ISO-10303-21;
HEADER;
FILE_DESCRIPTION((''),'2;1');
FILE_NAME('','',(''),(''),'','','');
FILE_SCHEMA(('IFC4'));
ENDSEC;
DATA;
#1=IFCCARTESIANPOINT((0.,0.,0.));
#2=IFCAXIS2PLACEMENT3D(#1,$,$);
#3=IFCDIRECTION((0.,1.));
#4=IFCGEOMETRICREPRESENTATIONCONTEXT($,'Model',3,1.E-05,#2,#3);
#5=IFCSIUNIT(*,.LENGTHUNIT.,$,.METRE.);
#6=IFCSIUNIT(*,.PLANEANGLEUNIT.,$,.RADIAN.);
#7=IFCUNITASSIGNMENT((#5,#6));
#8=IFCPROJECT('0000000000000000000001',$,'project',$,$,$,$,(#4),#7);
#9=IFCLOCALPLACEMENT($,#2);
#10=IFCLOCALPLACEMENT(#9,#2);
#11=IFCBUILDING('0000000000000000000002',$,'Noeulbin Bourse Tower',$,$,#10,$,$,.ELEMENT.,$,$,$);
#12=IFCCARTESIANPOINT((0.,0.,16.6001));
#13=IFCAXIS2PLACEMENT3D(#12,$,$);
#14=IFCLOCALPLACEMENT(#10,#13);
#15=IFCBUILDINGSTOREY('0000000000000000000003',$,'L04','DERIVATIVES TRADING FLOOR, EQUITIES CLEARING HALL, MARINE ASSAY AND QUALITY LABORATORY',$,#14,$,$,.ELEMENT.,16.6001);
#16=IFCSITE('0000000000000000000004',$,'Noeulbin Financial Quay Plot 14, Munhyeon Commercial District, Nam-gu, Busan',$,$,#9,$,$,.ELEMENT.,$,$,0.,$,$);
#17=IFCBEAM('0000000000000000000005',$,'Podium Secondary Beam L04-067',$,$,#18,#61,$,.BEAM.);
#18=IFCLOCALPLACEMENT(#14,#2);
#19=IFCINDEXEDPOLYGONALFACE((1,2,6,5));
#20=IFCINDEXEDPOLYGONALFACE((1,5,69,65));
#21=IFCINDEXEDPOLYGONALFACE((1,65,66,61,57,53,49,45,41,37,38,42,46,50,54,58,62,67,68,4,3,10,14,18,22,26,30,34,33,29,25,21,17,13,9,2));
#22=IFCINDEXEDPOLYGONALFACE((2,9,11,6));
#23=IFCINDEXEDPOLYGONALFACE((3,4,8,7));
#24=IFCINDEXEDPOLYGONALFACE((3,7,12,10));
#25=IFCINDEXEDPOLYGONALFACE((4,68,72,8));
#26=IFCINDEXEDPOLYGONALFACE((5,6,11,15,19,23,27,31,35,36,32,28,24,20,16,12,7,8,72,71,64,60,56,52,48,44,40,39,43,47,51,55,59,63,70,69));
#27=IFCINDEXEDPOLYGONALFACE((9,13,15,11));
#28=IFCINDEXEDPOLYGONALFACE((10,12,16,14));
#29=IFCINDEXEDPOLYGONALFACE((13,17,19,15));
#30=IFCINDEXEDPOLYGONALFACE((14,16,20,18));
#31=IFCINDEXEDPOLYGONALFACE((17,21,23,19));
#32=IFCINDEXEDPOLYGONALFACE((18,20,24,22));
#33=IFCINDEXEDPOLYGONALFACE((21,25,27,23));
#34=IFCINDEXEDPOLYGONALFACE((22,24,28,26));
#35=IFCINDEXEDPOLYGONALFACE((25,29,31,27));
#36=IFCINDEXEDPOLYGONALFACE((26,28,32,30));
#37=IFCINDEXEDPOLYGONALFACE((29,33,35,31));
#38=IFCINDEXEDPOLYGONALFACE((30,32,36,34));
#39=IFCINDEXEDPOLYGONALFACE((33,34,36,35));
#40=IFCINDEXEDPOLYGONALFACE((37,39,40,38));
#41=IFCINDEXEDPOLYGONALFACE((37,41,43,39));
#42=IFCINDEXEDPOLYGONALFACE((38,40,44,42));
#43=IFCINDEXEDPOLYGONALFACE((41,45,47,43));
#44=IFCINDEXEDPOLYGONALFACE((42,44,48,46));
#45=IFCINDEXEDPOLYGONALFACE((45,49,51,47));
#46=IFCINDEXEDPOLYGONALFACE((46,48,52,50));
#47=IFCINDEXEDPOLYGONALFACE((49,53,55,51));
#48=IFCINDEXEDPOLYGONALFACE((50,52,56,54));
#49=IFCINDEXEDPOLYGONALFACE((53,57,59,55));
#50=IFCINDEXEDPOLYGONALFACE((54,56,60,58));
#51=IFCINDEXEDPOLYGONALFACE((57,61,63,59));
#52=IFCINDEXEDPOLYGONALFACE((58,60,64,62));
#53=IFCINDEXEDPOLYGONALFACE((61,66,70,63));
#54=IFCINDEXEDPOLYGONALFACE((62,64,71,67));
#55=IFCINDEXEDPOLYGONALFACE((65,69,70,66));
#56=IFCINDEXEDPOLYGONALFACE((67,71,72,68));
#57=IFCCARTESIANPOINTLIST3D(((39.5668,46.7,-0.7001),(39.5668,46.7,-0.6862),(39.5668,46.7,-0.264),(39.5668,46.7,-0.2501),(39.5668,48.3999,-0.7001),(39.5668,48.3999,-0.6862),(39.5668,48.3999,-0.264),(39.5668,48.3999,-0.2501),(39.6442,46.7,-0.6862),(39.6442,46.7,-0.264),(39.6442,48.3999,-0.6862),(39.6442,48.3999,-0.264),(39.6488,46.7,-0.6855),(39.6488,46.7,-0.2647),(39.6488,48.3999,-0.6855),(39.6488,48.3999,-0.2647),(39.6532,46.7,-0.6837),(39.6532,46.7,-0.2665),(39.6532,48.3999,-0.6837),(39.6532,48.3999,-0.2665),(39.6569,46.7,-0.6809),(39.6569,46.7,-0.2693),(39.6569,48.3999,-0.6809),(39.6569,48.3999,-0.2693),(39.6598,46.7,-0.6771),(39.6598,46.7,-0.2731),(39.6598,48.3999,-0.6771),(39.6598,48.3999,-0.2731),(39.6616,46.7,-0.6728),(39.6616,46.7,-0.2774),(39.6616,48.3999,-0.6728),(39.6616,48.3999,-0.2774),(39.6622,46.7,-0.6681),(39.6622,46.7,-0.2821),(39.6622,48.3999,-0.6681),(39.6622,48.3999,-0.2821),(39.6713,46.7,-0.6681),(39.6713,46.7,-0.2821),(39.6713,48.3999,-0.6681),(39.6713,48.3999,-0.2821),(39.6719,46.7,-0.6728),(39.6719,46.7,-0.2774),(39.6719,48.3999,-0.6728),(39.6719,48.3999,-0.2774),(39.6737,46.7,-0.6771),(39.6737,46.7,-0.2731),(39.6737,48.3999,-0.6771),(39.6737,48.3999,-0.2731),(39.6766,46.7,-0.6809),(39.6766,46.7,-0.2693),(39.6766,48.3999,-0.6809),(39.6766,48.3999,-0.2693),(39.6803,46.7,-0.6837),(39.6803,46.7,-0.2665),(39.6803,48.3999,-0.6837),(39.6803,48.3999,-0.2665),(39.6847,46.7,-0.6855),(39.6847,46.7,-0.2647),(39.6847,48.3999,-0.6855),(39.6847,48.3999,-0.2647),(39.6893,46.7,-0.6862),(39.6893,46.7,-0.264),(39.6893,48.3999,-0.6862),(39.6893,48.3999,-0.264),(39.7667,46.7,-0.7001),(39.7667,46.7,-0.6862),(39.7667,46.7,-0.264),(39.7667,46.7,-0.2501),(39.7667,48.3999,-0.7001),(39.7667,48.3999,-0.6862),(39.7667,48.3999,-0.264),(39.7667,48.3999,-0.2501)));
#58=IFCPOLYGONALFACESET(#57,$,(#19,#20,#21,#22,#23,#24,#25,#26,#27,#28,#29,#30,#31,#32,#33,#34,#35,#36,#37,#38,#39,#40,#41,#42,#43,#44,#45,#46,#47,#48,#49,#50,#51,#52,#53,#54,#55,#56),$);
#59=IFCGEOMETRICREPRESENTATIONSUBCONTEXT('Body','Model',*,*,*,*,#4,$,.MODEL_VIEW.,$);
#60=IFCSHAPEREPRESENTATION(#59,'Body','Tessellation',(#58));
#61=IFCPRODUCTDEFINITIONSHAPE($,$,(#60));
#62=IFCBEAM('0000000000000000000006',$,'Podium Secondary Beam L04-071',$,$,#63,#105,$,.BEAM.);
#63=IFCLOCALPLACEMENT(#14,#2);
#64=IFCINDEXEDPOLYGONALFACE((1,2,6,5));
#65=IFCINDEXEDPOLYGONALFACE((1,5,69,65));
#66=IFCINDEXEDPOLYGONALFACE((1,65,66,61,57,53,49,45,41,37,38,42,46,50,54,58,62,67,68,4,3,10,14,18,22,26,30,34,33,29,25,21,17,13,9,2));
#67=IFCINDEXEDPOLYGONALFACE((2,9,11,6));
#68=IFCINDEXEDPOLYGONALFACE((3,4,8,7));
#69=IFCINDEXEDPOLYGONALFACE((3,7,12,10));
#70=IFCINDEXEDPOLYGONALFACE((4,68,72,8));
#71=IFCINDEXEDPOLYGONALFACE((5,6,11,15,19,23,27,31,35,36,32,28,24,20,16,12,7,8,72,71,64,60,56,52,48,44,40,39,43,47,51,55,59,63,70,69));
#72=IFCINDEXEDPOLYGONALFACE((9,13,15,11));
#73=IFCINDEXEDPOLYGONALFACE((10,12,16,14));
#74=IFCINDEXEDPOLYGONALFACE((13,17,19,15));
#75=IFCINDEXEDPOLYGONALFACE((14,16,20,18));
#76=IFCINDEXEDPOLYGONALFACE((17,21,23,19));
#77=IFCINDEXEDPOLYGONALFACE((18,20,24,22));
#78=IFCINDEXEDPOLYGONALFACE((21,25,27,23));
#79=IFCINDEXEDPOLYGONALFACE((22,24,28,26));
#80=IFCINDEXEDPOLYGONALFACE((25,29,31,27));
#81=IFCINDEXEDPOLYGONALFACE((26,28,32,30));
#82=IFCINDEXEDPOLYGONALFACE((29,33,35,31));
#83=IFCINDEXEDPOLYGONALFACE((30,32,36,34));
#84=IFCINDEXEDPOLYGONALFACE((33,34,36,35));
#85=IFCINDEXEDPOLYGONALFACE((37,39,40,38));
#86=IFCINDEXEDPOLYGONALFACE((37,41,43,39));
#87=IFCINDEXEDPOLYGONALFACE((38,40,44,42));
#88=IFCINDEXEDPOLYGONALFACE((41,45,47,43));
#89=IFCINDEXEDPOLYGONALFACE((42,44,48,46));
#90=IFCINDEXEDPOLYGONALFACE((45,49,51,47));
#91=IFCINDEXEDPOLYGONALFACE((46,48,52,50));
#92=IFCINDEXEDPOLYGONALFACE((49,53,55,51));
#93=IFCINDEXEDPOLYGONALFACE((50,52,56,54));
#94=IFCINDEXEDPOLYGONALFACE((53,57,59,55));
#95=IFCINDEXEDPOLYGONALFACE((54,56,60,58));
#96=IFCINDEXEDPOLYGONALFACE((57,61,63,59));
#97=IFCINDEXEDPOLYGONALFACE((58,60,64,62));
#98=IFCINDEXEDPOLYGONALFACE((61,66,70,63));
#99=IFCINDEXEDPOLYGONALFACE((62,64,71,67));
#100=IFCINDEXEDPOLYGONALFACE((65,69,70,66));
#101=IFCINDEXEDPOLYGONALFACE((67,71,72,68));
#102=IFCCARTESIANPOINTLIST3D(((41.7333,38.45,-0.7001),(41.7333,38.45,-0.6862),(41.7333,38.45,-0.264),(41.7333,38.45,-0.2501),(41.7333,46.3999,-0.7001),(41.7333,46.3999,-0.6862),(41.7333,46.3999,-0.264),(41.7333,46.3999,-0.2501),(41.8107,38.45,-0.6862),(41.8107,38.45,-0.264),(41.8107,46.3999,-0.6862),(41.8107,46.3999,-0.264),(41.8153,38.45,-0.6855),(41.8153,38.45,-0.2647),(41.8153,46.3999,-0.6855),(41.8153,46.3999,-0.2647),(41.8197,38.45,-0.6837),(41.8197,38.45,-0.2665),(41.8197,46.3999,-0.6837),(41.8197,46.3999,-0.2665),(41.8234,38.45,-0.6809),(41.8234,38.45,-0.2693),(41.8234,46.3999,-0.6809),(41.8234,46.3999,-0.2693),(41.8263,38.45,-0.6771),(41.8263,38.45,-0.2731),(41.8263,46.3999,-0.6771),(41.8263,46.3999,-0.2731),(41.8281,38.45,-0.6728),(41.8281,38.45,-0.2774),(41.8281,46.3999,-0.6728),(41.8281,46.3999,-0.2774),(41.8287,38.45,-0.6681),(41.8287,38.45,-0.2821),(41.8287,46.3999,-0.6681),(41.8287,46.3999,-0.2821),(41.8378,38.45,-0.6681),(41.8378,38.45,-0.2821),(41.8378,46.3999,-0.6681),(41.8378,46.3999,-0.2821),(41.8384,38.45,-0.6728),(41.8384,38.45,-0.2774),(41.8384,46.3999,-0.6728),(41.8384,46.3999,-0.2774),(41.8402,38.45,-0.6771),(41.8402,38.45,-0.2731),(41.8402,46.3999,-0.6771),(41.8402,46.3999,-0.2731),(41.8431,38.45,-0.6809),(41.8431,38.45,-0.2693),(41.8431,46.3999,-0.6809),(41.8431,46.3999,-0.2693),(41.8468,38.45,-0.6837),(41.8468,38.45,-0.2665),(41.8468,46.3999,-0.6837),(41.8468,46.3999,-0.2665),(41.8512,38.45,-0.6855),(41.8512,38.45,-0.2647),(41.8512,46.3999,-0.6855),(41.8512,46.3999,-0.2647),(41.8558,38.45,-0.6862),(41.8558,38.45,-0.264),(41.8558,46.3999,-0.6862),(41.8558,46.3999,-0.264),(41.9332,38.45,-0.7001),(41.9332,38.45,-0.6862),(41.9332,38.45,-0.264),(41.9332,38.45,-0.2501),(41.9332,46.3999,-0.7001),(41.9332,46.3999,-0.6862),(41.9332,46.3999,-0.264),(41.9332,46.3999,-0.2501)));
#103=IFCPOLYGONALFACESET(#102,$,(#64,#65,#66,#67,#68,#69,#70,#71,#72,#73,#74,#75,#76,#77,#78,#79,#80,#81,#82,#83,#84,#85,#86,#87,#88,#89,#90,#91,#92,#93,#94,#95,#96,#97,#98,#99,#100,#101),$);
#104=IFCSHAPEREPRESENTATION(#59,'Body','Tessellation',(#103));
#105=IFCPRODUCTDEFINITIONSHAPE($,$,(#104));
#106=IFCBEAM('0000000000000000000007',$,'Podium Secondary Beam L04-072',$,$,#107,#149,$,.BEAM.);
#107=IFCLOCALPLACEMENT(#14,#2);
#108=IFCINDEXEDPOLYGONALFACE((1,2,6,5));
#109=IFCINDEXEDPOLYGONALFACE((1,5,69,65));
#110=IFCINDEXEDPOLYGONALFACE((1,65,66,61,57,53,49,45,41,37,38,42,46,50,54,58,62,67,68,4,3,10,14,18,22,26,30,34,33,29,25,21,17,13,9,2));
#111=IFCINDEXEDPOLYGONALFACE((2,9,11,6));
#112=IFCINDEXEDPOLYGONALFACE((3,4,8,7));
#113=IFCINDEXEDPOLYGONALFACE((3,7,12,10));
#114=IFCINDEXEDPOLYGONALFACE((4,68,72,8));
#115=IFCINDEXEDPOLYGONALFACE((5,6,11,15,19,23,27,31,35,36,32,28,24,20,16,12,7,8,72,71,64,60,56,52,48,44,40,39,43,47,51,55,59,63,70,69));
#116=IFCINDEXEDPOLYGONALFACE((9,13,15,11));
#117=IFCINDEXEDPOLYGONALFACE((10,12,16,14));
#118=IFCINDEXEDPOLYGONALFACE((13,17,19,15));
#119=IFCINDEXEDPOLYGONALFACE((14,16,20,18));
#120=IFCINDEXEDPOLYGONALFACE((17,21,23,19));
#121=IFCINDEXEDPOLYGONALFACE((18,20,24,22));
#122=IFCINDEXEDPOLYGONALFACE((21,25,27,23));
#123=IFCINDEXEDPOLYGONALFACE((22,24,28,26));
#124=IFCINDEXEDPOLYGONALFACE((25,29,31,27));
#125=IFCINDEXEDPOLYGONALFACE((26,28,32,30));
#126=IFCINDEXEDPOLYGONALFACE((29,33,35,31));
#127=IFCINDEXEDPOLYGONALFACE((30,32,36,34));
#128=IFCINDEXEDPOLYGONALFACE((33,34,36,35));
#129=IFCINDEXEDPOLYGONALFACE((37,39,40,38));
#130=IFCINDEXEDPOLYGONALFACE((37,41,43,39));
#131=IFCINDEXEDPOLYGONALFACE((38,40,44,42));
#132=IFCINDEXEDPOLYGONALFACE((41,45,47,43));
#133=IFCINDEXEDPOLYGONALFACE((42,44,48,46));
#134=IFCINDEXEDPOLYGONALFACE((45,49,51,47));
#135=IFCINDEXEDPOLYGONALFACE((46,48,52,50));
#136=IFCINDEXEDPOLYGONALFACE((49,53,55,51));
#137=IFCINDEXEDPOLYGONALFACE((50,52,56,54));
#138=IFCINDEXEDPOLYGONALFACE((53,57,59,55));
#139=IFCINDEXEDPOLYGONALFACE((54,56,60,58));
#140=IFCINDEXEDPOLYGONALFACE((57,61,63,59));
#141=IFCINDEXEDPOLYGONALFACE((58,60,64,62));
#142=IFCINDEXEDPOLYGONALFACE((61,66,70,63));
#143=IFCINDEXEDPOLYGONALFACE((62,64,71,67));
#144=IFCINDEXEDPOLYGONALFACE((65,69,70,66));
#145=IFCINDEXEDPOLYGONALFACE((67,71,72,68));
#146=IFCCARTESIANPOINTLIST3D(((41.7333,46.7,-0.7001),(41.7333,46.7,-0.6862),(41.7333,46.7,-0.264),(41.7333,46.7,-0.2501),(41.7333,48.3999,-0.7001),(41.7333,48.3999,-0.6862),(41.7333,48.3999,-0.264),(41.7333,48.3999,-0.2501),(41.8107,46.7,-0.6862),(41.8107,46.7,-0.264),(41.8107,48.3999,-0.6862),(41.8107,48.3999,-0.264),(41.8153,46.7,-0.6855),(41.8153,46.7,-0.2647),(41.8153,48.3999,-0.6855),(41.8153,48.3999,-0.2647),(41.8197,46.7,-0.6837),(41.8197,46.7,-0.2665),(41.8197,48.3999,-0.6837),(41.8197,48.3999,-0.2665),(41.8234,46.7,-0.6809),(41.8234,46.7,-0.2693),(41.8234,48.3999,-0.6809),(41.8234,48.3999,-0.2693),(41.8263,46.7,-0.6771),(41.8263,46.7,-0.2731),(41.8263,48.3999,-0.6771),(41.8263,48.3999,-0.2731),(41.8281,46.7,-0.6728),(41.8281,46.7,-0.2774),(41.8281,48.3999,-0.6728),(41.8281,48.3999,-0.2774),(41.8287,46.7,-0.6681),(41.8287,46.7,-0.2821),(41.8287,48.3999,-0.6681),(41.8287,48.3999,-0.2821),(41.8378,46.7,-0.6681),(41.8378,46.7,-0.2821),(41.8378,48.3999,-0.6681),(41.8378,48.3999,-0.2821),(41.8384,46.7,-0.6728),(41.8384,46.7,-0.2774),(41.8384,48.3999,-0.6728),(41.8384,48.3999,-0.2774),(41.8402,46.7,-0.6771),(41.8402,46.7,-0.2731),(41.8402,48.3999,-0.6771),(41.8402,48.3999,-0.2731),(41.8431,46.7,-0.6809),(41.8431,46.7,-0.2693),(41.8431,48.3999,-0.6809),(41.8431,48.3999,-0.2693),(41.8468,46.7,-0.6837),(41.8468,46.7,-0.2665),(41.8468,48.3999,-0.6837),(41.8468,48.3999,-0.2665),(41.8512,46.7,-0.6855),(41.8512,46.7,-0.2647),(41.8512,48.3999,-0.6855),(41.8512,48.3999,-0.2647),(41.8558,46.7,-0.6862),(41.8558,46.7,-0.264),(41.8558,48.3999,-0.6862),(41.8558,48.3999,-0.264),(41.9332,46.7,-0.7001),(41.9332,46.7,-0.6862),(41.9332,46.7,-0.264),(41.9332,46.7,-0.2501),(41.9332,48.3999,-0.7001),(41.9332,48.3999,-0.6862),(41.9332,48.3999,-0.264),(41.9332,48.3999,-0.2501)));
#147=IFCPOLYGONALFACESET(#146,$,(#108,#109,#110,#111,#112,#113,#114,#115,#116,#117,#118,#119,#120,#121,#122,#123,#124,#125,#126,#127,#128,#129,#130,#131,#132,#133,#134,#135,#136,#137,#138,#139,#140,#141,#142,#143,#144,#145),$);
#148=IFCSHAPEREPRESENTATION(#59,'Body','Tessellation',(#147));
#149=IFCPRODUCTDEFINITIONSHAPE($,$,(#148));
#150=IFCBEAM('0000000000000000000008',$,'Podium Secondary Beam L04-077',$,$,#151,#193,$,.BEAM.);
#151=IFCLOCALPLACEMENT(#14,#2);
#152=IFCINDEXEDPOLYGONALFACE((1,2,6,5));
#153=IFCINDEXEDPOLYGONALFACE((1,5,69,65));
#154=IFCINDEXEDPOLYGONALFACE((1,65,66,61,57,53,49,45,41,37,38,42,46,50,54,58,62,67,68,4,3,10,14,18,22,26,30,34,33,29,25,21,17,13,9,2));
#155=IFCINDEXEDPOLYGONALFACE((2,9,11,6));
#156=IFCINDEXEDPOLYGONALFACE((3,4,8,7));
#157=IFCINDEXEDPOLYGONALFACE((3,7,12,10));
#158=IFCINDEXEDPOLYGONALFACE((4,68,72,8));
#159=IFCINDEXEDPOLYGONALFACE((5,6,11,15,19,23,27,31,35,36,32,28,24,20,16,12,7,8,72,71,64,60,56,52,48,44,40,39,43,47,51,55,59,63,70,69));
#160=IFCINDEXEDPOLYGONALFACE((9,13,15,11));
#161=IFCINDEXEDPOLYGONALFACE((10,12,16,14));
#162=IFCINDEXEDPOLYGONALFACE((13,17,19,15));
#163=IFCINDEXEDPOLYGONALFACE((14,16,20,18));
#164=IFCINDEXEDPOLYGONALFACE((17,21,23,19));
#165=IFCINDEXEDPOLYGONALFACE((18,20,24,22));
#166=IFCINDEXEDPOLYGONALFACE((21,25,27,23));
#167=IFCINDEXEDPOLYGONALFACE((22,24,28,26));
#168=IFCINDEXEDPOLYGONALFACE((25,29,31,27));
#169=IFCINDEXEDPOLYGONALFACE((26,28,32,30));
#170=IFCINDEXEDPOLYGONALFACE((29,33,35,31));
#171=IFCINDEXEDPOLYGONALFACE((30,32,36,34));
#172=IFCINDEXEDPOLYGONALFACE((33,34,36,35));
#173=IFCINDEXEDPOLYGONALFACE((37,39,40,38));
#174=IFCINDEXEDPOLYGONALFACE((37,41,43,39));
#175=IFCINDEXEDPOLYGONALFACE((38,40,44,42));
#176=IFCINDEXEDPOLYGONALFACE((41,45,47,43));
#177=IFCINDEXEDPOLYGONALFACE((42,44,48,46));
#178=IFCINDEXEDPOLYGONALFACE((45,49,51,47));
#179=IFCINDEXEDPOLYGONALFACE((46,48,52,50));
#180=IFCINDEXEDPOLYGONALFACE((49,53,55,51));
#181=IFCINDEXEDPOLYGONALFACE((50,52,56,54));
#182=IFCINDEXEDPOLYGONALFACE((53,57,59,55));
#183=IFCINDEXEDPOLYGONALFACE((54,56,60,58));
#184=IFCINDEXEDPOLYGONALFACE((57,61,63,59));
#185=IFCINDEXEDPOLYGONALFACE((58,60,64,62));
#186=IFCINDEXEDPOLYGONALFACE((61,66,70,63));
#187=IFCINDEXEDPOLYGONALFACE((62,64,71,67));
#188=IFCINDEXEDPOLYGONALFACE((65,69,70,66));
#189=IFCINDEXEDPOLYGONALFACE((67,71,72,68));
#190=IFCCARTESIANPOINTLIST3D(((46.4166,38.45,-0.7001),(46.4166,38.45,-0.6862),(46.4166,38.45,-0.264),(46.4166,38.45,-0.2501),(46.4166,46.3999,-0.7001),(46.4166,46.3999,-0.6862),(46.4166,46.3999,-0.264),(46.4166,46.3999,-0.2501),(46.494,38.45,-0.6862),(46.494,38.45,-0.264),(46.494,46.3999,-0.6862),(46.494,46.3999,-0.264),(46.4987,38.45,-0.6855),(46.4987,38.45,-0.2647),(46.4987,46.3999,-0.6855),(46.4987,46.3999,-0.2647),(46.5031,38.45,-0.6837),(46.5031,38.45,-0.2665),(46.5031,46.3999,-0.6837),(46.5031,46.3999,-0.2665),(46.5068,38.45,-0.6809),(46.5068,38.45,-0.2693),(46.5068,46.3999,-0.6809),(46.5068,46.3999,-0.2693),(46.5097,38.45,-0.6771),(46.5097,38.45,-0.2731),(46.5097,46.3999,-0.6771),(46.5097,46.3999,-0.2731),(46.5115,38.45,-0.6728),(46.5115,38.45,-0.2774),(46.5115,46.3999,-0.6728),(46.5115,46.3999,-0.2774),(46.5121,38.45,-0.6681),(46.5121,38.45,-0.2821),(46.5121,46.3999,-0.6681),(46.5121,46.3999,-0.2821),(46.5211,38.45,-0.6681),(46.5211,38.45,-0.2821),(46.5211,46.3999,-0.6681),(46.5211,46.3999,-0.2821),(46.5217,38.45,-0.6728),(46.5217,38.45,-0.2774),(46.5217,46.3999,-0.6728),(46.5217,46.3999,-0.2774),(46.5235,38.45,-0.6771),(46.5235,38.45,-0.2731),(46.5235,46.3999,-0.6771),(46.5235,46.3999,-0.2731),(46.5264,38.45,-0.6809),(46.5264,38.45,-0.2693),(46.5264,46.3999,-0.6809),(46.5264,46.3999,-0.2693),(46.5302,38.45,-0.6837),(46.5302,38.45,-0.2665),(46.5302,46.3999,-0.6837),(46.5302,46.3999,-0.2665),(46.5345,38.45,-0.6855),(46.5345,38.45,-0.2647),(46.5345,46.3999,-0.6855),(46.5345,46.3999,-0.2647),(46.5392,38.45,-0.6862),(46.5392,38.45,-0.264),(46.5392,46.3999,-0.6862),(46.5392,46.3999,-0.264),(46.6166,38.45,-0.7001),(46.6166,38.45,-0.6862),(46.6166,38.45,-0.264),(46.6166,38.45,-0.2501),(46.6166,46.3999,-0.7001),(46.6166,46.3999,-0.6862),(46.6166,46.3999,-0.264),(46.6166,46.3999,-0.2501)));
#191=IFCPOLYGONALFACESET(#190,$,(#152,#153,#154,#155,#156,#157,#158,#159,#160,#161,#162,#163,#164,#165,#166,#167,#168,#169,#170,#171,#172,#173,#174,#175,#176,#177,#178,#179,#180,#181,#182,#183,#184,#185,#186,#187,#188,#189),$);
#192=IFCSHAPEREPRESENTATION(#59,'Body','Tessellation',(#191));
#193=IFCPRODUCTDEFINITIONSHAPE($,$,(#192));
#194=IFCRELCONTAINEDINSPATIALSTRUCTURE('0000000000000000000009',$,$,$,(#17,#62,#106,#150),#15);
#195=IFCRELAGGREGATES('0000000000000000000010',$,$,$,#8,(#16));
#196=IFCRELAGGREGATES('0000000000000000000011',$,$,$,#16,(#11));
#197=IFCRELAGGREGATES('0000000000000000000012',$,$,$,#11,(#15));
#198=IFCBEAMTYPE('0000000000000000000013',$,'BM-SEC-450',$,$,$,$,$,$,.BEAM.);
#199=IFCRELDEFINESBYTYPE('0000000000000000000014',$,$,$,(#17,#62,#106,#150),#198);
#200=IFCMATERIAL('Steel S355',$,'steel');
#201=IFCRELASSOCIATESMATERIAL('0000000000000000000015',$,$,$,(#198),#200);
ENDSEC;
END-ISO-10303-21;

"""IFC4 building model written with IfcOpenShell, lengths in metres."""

from ifc_helpers import new_model, si_unit, direction, frame, origin, origin_2d, place, context, subcontext, project, spatial, i_section, extrude, material, material_profile, profile_set, type_object, element, save


model = new_model("IFC4")

# Units and contexts
model_context = context("Model", 3, precision=1e-05, world=origin(), true_north=direction((0.0, 1.0)))
body_context = subcontext(model_context, "Body", "Model", "MODEL_VIEW")
ifc_project = project(units=[si_unit("LENGTHUNIT", "METRE"), si_unit("PLANEANGLEUNIT", "RADIAN")], contexts=[model_context])

# Site, building, storey
site_placement = place(None, origin())
site = spatial("IfcSite", under=ifc_project, at=site_placement, Name="Noeulbin Financial Quay Plot 14, Munhyeon Commercial District, Nam-gu, Busan", CompositionType="ELEMENT", RefElevation=0.0)
building_placement = place(site_placement, origin())
building = spatial("IfcBuilding", under=site, at=building_placement, Name="Noeulbin Bourse Tower", CompositionType="ELEMENT")
storey_placement = place(building_placement, frame((0.0, 0.0, 16.6001)))
storey = spatial("IfcBuildingStorey", under=building, at=storey_placement, Name="L04", Description="DERIVATIVES TRADING FLOOR, EQUITIES CLEARING HALL, MARINE ASSAY AND QUALITY LABORATORY", CompositionType="ELEMENT", Elevation=16.6001)

# Beams
ifc_material_1 = material(Name="Steel S355", Category="steel")
ifc_material_profile_1 = material_profile(ifc_material_1, i_section(OverallWidth=0.2, OverallDepth=0.45, WebThickness=0.009, FlangeThickness=0.0139, FilletRadius=0.0181, at=origin_2d()), Name="H-450x200x9x14", Category="LoadBearing")
ifc_profile_set_1 = profile_set([ifc_material_profile_1], Name="Steel S355")
beam_type_1 = type_object("IfcBeamType", Name="BM-SEC-450", PredefinedType="BEAM", material=ifc_profile_set_1)
beam_1_placement = place(storey_placement, frame((39.6667, 46.7, -0.4751), z_axis=(0.0, 1.0, 0.0), x_axis=(-1.0, 0.0, 0.0)))
element("IfcBeam", 1, at=beam_1_placement, inside=storey, type_object=beam_type_1, Name="Podium Secondary Beam L04-067", PredefinedType="BEAM", context=body_context, shape_type="SweptSolid", body=[
    extrude(i_section(OverallWidth=0.2, OverallDepth=0.45, WebThickness=0.009, FlangeThickness=0.0139, FilletRadius=0.0181, at=origin_2d()), origin(), (0.0, 0.0, 1.0), 1.7),
])
beam_2_placement = place(storey_placement, frame((41.8333, 38.45, -0.4751), z_axis=(0.0, 1.0, 0.0), x_axis=(-1.0, 0.0, 0.0)))
element("IfcBeam", 2, at=beam_2_placement, inside=storey, type_object=beam_type_1, Name="Podium Secondary Beam L04-071", PredefinedType="BEAM", context=body_context, shape_type="SweptSolid", body=[
    extrude(i_section(OverallWidth=0.2, OverallDepth=0.45, WebThickness=0.009, FlangeThickness=0.0139, FilletRadius=0.0181, at=origin_2d()), origin(), (0.0, 0.0, 1.0), 7.95),
])
beam_3_placement = place(storey_placement, frame((41.8333, 46.7, -0.4751), z_axis=(0.0, 1.0, 0.0), x_axis=(-1.0, 0.0, 0.0)))
element("IfcBeam", 3, at=beam_3_placement, inside=storey, type_object=beam_type_1, Name="Podium Secondary Beam L04-072", PredefinedType="BEAM", context=body_context, shape_type="SweptSolid", body=[
    extrude(i_section(OverallWidth=0.2, OverallDepth=0.45, WebThickness=0.009, FlangeThickness=0.0139, FilletRadius=0.0181, at=origin_2d()), origin(), (0.0, 0.0, 1.0), 1.7),
])
beam_4_placement = place(storey_placement, frame((46.5166, 38.45, -0.4751), z_axis=(0.0, 1.0, 0.0), x_axis=(-1.0, 0.0, 0.0)))
element("IfcBeam", 4, at=beam_4_placement, inside=storey, type_object=beam_type_1, Name="Podium Secondary Beam L04-077", PredefinedType="BEAM", context=body_context, shape_type="SweptSolid", body=[
    extrude(i_section(OverallWidth=0.2, OverallDepth=0.45, WebThickness=0.009, FlangeThickness=0.0139, FilletRadius=0.0181, at=origin_2d()), origin(), (0.0, 0.0, 1.0), 7.95),
])

save(model, "model.ifc")
